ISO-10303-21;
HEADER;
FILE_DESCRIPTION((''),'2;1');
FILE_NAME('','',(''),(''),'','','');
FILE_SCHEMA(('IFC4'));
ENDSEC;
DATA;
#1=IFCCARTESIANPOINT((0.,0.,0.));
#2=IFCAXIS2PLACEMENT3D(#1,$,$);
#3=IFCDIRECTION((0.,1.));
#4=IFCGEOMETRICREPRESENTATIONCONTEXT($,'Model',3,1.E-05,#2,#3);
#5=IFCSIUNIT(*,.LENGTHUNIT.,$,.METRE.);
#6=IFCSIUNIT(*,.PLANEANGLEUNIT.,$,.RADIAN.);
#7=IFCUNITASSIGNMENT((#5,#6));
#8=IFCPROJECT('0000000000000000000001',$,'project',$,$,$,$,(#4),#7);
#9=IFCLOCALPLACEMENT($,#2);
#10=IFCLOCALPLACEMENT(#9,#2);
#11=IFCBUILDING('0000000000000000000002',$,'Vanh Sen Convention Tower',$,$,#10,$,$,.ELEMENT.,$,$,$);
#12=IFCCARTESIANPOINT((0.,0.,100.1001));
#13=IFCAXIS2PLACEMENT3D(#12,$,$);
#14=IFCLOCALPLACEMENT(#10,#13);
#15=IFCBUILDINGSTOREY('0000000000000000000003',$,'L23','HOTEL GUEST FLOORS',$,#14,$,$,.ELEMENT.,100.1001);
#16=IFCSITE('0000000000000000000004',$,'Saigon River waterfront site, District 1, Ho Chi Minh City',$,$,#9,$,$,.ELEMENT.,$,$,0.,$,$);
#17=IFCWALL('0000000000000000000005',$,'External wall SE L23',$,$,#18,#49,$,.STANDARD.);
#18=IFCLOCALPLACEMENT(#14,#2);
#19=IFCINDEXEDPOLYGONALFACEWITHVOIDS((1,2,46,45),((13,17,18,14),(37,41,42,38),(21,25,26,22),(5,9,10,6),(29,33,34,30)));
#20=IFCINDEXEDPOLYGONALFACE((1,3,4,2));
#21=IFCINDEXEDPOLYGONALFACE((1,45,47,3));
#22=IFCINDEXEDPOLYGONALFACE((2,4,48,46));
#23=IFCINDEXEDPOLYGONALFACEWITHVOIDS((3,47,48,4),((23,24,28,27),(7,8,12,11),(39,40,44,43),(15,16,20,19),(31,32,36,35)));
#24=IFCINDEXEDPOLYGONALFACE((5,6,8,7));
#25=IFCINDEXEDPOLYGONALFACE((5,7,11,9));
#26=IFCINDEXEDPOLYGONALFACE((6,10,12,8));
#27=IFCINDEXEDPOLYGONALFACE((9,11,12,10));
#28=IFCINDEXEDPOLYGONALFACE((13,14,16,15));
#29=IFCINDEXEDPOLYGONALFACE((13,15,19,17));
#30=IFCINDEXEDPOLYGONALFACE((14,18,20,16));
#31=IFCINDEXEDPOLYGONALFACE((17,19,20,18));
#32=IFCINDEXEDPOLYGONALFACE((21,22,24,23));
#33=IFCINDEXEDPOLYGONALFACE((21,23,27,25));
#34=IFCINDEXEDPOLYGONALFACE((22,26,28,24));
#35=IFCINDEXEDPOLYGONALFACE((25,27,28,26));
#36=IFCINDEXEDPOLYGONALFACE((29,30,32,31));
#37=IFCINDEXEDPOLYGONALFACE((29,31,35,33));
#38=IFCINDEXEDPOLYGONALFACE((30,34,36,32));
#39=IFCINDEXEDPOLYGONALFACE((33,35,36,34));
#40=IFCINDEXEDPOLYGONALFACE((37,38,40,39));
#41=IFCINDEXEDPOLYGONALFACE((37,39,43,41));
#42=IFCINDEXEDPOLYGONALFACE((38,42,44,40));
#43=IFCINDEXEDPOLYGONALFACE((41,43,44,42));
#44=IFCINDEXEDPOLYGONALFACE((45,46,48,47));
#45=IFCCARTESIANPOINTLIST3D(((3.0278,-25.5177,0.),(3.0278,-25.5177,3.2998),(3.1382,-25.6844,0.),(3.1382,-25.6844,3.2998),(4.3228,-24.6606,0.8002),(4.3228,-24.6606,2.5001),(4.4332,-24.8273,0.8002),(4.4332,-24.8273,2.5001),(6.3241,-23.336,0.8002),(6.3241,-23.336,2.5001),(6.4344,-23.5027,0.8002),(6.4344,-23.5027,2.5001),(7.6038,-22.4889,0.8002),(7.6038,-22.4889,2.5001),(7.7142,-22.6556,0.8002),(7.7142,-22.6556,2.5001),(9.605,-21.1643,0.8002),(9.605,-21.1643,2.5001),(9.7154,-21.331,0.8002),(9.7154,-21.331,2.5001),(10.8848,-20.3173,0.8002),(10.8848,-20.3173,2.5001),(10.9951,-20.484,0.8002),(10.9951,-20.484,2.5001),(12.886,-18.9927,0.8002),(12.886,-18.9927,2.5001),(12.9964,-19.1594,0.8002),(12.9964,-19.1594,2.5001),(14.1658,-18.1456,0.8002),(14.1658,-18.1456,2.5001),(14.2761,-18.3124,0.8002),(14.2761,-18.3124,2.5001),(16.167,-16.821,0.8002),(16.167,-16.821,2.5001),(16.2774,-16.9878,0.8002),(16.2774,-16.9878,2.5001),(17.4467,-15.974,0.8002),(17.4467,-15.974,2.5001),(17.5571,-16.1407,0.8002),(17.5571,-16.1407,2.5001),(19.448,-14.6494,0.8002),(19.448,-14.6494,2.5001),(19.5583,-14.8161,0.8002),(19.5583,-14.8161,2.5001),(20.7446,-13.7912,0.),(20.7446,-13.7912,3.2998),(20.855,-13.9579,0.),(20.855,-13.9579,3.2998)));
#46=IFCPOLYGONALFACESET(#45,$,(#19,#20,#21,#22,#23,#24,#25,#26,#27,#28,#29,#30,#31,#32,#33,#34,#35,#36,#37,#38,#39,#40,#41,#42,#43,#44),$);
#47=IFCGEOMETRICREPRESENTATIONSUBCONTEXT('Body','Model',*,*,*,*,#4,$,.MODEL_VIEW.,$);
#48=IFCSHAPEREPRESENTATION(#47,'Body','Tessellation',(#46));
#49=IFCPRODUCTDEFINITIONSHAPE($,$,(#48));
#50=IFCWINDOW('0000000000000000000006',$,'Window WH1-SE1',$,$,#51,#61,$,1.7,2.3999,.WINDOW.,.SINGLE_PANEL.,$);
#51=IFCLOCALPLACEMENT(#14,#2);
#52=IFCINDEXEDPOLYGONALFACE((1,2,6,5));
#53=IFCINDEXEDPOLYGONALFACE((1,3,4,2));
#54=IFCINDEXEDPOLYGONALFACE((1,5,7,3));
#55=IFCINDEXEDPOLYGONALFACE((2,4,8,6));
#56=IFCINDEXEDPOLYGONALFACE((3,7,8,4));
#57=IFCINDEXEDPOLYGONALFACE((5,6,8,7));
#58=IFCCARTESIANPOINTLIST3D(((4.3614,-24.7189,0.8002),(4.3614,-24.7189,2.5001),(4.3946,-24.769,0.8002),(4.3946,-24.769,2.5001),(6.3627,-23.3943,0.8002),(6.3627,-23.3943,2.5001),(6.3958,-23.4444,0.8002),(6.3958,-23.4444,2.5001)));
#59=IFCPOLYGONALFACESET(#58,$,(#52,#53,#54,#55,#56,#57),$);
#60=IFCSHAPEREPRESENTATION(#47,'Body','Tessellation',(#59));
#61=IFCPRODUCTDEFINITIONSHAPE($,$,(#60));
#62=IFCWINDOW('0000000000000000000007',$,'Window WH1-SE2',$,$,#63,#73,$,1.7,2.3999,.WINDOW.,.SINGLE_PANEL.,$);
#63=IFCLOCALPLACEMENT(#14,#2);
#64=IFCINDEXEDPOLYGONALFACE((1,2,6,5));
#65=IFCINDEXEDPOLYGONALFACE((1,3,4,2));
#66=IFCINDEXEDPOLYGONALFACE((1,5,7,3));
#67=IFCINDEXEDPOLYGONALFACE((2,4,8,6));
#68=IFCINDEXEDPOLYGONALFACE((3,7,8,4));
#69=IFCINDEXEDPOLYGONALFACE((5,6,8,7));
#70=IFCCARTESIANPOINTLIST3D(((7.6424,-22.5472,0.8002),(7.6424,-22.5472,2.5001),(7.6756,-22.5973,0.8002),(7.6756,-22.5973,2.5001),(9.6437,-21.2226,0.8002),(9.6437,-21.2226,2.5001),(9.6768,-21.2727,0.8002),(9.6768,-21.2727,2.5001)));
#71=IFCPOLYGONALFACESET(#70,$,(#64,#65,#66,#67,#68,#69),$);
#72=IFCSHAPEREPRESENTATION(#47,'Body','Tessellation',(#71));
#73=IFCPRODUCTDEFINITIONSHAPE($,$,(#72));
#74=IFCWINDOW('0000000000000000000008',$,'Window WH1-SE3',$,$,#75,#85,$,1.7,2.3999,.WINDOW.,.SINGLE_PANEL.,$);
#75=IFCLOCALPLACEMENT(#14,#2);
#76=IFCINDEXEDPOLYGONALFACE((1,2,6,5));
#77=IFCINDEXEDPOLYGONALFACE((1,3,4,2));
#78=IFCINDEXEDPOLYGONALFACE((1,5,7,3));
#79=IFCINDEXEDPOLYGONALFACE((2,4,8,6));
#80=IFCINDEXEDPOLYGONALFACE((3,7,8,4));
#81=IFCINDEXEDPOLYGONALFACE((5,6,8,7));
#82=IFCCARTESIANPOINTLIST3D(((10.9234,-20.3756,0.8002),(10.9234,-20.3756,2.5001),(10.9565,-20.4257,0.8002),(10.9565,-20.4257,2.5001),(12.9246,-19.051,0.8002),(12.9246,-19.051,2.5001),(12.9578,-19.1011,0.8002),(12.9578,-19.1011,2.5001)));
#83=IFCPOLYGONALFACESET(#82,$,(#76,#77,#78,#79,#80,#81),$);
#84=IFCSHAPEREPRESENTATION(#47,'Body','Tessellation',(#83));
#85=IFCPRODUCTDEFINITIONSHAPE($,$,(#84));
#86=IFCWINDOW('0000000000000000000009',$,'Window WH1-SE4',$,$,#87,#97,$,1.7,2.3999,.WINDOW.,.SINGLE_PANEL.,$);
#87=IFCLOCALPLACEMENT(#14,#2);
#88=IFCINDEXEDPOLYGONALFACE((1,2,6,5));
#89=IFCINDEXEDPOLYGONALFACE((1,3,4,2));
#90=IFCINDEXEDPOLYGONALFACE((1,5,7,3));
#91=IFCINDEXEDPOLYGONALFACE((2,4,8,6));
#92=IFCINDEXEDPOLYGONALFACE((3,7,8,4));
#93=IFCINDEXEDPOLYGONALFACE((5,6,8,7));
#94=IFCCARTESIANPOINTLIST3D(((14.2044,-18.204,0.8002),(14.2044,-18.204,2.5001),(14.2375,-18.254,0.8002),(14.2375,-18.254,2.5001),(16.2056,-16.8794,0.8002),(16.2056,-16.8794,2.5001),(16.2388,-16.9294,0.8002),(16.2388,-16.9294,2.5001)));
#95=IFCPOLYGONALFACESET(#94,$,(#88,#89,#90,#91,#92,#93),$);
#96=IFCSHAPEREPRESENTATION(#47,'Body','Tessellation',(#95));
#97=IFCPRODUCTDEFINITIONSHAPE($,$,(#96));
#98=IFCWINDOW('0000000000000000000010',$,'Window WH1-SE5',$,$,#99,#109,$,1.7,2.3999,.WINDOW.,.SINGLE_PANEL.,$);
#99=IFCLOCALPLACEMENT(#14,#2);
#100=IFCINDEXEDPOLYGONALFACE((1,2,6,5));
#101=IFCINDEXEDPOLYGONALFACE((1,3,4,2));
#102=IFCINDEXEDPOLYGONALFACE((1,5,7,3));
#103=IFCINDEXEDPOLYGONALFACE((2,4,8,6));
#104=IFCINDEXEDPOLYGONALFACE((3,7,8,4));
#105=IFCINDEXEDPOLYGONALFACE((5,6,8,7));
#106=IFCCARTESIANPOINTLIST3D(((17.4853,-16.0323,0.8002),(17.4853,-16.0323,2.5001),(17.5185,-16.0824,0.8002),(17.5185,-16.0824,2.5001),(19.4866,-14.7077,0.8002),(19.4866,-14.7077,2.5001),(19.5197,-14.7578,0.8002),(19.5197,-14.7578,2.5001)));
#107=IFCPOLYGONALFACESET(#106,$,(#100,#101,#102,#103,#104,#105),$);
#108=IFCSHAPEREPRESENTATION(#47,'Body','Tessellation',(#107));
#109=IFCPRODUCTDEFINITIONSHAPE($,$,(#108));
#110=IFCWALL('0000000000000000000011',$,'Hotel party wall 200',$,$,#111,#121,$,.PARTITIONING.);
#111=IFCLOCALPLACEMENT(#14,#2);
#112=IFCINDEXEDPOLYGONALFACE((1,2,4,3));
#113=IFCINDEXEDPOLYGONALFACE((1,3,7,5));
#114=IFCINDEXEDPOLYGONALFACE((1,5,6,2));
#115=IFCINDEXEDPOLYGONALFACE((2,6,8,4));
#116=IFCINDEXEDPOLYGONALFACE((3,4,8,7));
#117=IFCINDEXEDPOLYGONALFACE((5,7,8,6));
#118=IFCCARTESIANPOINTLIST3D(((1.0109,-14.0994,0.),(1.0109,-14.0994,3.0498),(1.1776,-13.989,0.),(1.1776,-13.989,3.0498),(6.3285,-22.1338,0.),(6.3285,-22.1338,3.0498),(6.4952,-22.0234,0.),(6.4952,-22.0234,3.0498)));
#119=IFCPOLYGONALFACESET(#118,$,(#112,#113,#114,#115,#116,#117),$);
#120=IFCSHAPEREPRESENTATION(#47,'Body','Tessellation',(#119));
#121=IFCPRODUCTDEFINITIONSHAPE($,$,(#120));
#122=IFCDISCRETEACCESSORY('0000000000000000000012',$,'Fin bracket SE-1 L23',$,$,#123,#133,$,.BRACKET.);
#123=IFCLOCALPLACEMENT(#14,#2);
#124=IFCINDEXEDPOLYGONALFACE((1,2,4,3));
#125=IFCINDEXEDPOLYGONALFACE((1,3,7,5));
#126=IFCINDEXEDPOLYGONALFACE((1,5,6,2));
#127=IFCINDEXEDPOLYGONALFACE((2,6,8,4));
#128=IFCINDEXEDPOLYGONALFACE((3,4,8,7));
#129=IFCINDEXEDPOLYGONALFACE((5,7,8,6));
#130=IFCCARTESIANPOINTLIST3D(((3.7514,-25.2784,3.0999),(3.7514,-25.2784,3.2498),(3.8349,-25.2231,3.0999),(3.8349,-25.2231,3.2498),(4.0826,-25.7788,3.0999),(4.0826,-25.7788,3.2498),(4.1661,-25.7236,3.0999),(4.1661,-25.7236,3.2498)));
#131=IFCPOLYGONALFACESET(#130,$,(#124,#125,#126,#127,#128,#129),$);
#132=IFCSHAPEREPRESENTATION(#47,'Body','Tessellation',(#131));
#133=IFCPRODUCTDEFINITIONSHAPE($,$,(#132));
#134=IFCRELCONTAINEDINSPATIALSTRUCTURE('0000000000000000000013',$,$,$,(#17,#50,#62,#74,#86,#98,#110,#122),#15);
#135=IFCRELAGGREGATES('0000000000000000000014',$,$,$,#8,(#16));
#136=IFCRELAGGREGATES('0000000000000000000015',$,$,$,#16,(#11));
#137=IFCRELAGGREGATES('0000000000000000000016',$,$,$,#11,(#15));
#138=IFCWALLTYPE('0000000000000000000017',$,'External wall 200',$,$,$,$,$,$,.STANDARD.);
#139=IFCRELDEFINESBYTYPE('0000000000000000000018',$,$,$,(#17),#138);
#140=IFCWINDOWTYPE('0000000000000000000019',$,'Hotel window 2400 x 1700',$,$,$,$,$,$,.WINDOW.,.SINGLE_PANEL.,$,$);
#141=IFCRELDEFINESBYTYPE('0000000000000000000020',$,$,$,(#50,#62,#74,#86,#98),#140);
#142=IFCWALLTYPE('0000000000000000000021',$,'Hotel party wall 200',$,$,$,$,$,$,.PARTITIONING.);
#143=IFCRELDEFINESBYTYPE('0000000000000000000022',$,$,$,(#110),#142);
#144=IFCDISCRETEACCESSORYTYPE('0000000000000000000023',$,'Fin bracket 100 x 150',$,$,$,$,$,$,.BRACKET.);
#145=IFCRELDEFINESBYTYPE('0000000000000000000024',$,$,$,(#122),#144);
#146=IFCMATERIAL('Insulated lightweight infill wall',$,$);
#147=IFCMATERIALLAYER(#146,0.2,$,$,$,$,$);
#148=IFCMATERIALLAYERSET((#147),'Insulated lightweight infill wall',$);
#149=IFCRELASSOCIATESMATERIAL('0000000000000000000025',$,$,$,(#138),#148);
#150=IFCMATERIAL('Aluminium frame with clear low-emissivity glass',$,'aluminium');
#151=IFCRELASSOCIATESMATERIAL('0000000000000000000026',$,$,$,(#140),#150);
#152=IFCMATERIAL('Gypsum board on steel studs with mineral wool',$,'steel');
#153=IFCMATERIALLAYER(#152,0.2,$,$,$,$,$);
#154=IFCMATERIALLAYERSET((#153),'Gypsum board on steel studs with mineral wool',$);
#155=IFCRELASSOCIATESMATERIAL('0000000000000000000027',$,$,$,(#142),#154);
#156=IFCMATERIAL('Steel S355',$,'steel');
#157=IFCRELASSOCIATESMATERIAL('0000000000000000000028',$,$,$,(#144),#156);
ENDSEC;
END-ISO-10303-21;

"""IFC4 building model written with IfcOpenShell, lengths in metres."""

from ifc_helpers import new_model, si_unit, direction, frame, frame_2d, origin, origin_2d, place, context, subcontext, project, spatial, rectangle, extrude, material, layer, layer_set, type_object, element, fill, save


model = new_model("IFC4")

# Units and contexts
model_context = context("Model", 3, precision=1e-05, world=origin(), true_north=direction((0.0, 1.0)))
body_context = subcontext(model_context, "Body", "Model", "MODEL_VIEW")
ifc_project = project(units=[si_unit("LENGTHUNIT", "METRE"), si_unit("PLANEANGLEUNIT", "RADIAN")], contexts=[model_context])

# Site, building, storey
site_placement = place(None, origin())
site = spatial("IfcSite", under=ifc_project, at=site_placement, Name="Saigon River waterfront site, District 1, Ho Chi Minh City", CompositionType="ELEMENT", RefElevation=0.0)
building_placement = place(site_placement, origin())
building = spatial("IfcBuilding", under=site, at=building_placement, Name="Vanh Sen Convention Tower", CompositionType="ELEMENT")
storey_placement = place(building_placement, frame((0.0, 0.0, 100.1001)))
storey = spatial("IfcBuildingStorey", under=building, at=storey_placement, Name="L23", Description="HOTEL GUEST FLOORS", CompositionType="ELEMENT", Elevation=100.1001)

# Shared definitions
ifc_material_1 = material(Name="Gypsum board on steel studs with mineral wool", Category="steel")

# Wall, openings, windows
ifc_material_2 = material(Name="Insulated lightweight infill wall")
ifc_layer_1 = layer(ifc_material_2, 0.2)
ifc_layer_set_1 = layer_set([ifc_layer_1], Name="Insulated lightweight infill wall")
wall_type_1 = type_object("IfcWallType", Name="External wall 200", PredefinedType="STANDARD", material=ifc_layer_set_1)
wall_1_placement = place(storey_placement, frame((3.083, -25.6011, 0.0), z_axis=(0.0, 0.0, 1.0), x_axis=(0.833884, 0.551939, 0.0)))
wall_1 = element("IfcWall", 1, at=wall_1_placement, inside=storey, type_object=wall_type_1, Name="External wall SE L23", PredefinedType="STANDARD", context=body_context, shape_type="SweptSolid", body=[
    extrude(rectangle(XDim=21.2461, YDim=0.2, at=frame_2d((10.623, 0.0))), origin(), (0.0, 0.0, 1.0), 3.2998),
])
opening_1_placement = place(wall_1_placement, frame((1.553, 0.0, 0.8)))
opening_1 = element("IfcOpeningElement", 2, at=opening_1_placement, cuts=wall_1, PredefinedType="OPENING", context=body_context, shape_type="SweptSolid", body=[
    extrude(rectangle(XDim=2.3999, YDim=1.7, at=frame_2d((1.2, 0.8501))), frame((0.0, 0.1099, 0.0), z_axis=(0.0, -1.0, 0.0), x_axis=(1.0, 0.0, 0.0)), (0.0, 0.0, 1.0), 0.22),
])
opening_2_placement = place(wall_1_placement, frame((5.4875, 0.0, 0.8)))
opening_2 = element("IfcOpeningElement", 3, at=opening_2_placement, cuts=wall_1, PredefinedType="OPENING", context=body_context, shape_type="SweptSolid", body=[
    extrude(rectangle(XDim=2.3999, YDim=1.7, at=frame_2d((1.2, 0.8501))), frame((0.0, 0.1099, 0.0), z_axis=(0.0, -1.0, 0.0), x_axis=(1.0, 0.0, 0.0)), (0.0, 0.0, 1.0), 0.22),
])
opening_3_placement = place(wall_1_placement, frame((9.4221, 0.0, 0.8)))
opening_3 = element("IfcOpeningElement", 4, at=opening_3_placement, cuts=wall_1, PredefinedType="OPENING", context=body_context, shape_type="SweptSolid", body=[
    extrude(rectangle(XDim=2.3999, YDim=1.7, at=frame_2d((1.2, 0.8501))), frame((0.0, 0.1099, 0.0), z_axis=(0.0, -1.0, 0.0), x_axis=(1.0, 0.0, 0.0)), (0.0, 0.0, 1.0), 0.22),
])
opening_4_placement = place(wall_1_placement, frame((13.3567, 0.0, 0.8)))
opening_4 = element("IfcOpeningElement", 5, at=opening_4_placement, cuts=wall_1, PredefinedType="OPENING", context=body_context, shape_type="SweptSolid", body=[
    extrude(rectangle(XDim=2.3999, YDim=1.7, at=frame_2d((1.2, 0.8501))), frame((0.0, 0.1099, 0.0), z_axis=(0.0, -1.0, 0.0), x_axis=(1.0, 0.0, 0.0)), (0.0, 0.0, 1.0), 0.22),
])
opening_5_placement = place(wall_1_placement, frame((17.2913, 0.0, 0.8)))
opening_5 = element("IfcOpeningElement", 6, at=opening_5_placement, cuts=wall_1, PredefinedType="OPENING", context=body_context, shape_type="SweptSolid", body=[
    extrude(rectangle(XDim=2.3999, YDim=1.7, at=frame_2d((1.2, 0.8501))), frame((0.0, 0.1099, 0.0), z_axis=(0.0, -1.0, 0.0), x_axis=(1.0, 0.0, 0.0)), (0.0, 0.0, 1.0), 0.22),
])
ifc_material_3 = material(Name="Aluminium frame with clear low-emissivity glass", Category="aluminium")
window_type = type_object("IfcWindowType", Name="Hotel window 2400 x 1700", PartitioningType="SINGLE_PANEL", PredefinedType="WINDOW", material=ifc_material_3)
window_1_placement = place(opening_1_placement, origin())
window_1 = element("IfcWindow", 7, at=window_1_placement, inside=storey, type_object=window_type, Name="Window WH1-SE1", OverallHeight=1.7, OverallWidth=2.3999, PartitioningType="SINGLE_PANEL", PredefinedType="WINDOW", context=body_context, shape_type="SweptSolid", body=[
    extrude(rectangle(XDim=2.3999, YDim=1.7, at=frame_2d((1.2, 0.8501))), frame((0.0, 0.03, 0.0), z_axis=(0.0, -1.0, 0.0), x_axis=(1.0, 0.0, 0.0)), (0.0, 0.0, 1.0), 0.0601),
])
fill(opening_1, window_1)
window_2_placement = place(opening_2_placement, origin())
window_2 = element("IfcWindow", 8, at=window_2_placement, inside=storey, type_object=window_type, Name="Window WH1-SE2", OverallHeight=1.7, OverallWidth=2.3999, PartitioningType="SINGLE_PANEL", PredefinedType="WINDOW", context=body_context, shape_type="SweptSolid", body=[
    extrude(rectangle(XDim=2.3999, YDim=1.7, at=frame_2d((1.2, 0.8501))), frame((0.0, 0.03, 0.0), z_axis=(0.0, -1.0, 0.0), x_axis=(1.0, 0.0, 0.0)), (0.0, 0.0, 1.0), 0.0601),
])
fill(opening_2, window_2)
window_3_placement = place(opening_3_placement, origin())
window_3 = element("IfcWindow", 9, at=window_3_placement, inside=storey, type_object=window_type, Name="Window WH1-SE3", OverallHeight=1.7, OverallWidth=2.3999, PartitioningType="SINGLE_PANEL", PredefinedType="WINDOW", context=body_context, shape_type="SweptSolid", body=[
    extrude(rectangle(XDim=2.3999, YDim=1.7, at=frame_2d((1.2, 0.8501))), frame((0.0, 0.03, 0.0), z_axis=(0.0, -1.0, 0.0), x_axis=(1.0, 0.0, 0.0)), (0.0, 0.0, 1.0), 0.0601),
])
fill(opening_3, window_3)
window_4_placement = place(opening_4_placement, origin())
window_4 = element("IfcWindow", 10, at=window_4_placement, inside=storey, type_object=window_type, Name="Window WH1-SE4", OverallHeight=1.7, OverallWidth=2.3999, PartitioningType="SINGLE_PANEL", PredefinedType="WINDOW", context=body_context, shape_type="SweptSolid", body=[
    extrude(rectangle(XDim=2.3999, YDim=1.7, at=frame_2d((1.2, 0.8501))), frame((0.0, 0.03, 0.0), z_axis=(0.0, -1.0, 0.0), x_axis=(1.0, 0.0, 0.0)), (0.0, 0.0, 1.0), 0.0601),
])
fill(opening_4, window_4)
window_5_placement = place(opening_5_placement, origin())
window_5 = element("IfcWindow", 11, at=window_5_placement, inside=storey, type_object=window_type, Name="Window WH1-SE5", OverallHeight=1.7, OverallWidth=2.3999, PartitioningType="SINGLE_PANEL", PredefinedType="WINDOW", context=body_context, shape_type="SweptSolid", body=[
    extrude(rectangle(XDim=2.3999, YDim=1.7, at=frame_2d((1.2, 0.8501))), frame((0.0, 0.03, 0.0), z_axis=(0.0, -1.0, 0.0), x_axis=(1.0, 0.0, 0.0)), (0.0, 0.0, 1.0), 0.0601),
])
fill(opening_5, window_5)

# Wall
ifc_layer_2 = layer(ifc_material_1, 0.2)
ifc_layer_set_2 = layer_set([ifc_layer_2], Name="Gypsum board on steel studs with mineral wool")
wall_type_2 = type_object("IfcWallType", Name="Hotel party wall 200", PredefinedType="PARTITIONING", material=ifc_layer_set_2)
wall_2_placement = place(storey_placement, frame((6.4119, -22.0786, 0.0), z_axis=(0.0, 0.0, 1.0), x_axis=(-0.55192, 0.833897, 0.0)))
element("IfcWall", 12, at=wall_2_placement, inside=storey, type_object=wall_type_2, Name="Hotel party wall 200", PredefinedType="PARTITIONING", context=body_context, shape_type="SweptSolid", body=[
    extrude(rectangle(XDim=9.6348, YDim=0.2, at=frame_2d((4.8174, 0.0))), origin(), (0.0, 0.0, 1.0), 3.0498),
])

# Discrete accessory
ifc_material_4 = material(Name="Steel S355", Category="steel")
discrete_accessory_type = type_object("IfcDiscreteAccessoryType", Name="Fin bracket 100 x 150", PredefinedType="BRACKET", material=ifc_material_4)
discrete_accessory_placement = place(storey_placement, frame((3.9587, -25.501, 3.0999), z_axis=(0.0, 0.0, 1.0), x_axis=(0.551937, -0.833886, 0.0)))
element("IfcDiscreteAccessory", 13, at=discrete_accessory_placement, inside=storey, type_object=discrete_accessory_type, Name="Fin bracket SE-1 L23", PredefinedType="BRACKET", context=body_context, shape_type="SweptSolid", body=[
    extrude(rectangle(XDim=0.6001, YDim=0.1001, at=origin_2d()), origin(), (0.0, 0.0, 1.0), 0.1499),
])

save(model, "model.ifc")
